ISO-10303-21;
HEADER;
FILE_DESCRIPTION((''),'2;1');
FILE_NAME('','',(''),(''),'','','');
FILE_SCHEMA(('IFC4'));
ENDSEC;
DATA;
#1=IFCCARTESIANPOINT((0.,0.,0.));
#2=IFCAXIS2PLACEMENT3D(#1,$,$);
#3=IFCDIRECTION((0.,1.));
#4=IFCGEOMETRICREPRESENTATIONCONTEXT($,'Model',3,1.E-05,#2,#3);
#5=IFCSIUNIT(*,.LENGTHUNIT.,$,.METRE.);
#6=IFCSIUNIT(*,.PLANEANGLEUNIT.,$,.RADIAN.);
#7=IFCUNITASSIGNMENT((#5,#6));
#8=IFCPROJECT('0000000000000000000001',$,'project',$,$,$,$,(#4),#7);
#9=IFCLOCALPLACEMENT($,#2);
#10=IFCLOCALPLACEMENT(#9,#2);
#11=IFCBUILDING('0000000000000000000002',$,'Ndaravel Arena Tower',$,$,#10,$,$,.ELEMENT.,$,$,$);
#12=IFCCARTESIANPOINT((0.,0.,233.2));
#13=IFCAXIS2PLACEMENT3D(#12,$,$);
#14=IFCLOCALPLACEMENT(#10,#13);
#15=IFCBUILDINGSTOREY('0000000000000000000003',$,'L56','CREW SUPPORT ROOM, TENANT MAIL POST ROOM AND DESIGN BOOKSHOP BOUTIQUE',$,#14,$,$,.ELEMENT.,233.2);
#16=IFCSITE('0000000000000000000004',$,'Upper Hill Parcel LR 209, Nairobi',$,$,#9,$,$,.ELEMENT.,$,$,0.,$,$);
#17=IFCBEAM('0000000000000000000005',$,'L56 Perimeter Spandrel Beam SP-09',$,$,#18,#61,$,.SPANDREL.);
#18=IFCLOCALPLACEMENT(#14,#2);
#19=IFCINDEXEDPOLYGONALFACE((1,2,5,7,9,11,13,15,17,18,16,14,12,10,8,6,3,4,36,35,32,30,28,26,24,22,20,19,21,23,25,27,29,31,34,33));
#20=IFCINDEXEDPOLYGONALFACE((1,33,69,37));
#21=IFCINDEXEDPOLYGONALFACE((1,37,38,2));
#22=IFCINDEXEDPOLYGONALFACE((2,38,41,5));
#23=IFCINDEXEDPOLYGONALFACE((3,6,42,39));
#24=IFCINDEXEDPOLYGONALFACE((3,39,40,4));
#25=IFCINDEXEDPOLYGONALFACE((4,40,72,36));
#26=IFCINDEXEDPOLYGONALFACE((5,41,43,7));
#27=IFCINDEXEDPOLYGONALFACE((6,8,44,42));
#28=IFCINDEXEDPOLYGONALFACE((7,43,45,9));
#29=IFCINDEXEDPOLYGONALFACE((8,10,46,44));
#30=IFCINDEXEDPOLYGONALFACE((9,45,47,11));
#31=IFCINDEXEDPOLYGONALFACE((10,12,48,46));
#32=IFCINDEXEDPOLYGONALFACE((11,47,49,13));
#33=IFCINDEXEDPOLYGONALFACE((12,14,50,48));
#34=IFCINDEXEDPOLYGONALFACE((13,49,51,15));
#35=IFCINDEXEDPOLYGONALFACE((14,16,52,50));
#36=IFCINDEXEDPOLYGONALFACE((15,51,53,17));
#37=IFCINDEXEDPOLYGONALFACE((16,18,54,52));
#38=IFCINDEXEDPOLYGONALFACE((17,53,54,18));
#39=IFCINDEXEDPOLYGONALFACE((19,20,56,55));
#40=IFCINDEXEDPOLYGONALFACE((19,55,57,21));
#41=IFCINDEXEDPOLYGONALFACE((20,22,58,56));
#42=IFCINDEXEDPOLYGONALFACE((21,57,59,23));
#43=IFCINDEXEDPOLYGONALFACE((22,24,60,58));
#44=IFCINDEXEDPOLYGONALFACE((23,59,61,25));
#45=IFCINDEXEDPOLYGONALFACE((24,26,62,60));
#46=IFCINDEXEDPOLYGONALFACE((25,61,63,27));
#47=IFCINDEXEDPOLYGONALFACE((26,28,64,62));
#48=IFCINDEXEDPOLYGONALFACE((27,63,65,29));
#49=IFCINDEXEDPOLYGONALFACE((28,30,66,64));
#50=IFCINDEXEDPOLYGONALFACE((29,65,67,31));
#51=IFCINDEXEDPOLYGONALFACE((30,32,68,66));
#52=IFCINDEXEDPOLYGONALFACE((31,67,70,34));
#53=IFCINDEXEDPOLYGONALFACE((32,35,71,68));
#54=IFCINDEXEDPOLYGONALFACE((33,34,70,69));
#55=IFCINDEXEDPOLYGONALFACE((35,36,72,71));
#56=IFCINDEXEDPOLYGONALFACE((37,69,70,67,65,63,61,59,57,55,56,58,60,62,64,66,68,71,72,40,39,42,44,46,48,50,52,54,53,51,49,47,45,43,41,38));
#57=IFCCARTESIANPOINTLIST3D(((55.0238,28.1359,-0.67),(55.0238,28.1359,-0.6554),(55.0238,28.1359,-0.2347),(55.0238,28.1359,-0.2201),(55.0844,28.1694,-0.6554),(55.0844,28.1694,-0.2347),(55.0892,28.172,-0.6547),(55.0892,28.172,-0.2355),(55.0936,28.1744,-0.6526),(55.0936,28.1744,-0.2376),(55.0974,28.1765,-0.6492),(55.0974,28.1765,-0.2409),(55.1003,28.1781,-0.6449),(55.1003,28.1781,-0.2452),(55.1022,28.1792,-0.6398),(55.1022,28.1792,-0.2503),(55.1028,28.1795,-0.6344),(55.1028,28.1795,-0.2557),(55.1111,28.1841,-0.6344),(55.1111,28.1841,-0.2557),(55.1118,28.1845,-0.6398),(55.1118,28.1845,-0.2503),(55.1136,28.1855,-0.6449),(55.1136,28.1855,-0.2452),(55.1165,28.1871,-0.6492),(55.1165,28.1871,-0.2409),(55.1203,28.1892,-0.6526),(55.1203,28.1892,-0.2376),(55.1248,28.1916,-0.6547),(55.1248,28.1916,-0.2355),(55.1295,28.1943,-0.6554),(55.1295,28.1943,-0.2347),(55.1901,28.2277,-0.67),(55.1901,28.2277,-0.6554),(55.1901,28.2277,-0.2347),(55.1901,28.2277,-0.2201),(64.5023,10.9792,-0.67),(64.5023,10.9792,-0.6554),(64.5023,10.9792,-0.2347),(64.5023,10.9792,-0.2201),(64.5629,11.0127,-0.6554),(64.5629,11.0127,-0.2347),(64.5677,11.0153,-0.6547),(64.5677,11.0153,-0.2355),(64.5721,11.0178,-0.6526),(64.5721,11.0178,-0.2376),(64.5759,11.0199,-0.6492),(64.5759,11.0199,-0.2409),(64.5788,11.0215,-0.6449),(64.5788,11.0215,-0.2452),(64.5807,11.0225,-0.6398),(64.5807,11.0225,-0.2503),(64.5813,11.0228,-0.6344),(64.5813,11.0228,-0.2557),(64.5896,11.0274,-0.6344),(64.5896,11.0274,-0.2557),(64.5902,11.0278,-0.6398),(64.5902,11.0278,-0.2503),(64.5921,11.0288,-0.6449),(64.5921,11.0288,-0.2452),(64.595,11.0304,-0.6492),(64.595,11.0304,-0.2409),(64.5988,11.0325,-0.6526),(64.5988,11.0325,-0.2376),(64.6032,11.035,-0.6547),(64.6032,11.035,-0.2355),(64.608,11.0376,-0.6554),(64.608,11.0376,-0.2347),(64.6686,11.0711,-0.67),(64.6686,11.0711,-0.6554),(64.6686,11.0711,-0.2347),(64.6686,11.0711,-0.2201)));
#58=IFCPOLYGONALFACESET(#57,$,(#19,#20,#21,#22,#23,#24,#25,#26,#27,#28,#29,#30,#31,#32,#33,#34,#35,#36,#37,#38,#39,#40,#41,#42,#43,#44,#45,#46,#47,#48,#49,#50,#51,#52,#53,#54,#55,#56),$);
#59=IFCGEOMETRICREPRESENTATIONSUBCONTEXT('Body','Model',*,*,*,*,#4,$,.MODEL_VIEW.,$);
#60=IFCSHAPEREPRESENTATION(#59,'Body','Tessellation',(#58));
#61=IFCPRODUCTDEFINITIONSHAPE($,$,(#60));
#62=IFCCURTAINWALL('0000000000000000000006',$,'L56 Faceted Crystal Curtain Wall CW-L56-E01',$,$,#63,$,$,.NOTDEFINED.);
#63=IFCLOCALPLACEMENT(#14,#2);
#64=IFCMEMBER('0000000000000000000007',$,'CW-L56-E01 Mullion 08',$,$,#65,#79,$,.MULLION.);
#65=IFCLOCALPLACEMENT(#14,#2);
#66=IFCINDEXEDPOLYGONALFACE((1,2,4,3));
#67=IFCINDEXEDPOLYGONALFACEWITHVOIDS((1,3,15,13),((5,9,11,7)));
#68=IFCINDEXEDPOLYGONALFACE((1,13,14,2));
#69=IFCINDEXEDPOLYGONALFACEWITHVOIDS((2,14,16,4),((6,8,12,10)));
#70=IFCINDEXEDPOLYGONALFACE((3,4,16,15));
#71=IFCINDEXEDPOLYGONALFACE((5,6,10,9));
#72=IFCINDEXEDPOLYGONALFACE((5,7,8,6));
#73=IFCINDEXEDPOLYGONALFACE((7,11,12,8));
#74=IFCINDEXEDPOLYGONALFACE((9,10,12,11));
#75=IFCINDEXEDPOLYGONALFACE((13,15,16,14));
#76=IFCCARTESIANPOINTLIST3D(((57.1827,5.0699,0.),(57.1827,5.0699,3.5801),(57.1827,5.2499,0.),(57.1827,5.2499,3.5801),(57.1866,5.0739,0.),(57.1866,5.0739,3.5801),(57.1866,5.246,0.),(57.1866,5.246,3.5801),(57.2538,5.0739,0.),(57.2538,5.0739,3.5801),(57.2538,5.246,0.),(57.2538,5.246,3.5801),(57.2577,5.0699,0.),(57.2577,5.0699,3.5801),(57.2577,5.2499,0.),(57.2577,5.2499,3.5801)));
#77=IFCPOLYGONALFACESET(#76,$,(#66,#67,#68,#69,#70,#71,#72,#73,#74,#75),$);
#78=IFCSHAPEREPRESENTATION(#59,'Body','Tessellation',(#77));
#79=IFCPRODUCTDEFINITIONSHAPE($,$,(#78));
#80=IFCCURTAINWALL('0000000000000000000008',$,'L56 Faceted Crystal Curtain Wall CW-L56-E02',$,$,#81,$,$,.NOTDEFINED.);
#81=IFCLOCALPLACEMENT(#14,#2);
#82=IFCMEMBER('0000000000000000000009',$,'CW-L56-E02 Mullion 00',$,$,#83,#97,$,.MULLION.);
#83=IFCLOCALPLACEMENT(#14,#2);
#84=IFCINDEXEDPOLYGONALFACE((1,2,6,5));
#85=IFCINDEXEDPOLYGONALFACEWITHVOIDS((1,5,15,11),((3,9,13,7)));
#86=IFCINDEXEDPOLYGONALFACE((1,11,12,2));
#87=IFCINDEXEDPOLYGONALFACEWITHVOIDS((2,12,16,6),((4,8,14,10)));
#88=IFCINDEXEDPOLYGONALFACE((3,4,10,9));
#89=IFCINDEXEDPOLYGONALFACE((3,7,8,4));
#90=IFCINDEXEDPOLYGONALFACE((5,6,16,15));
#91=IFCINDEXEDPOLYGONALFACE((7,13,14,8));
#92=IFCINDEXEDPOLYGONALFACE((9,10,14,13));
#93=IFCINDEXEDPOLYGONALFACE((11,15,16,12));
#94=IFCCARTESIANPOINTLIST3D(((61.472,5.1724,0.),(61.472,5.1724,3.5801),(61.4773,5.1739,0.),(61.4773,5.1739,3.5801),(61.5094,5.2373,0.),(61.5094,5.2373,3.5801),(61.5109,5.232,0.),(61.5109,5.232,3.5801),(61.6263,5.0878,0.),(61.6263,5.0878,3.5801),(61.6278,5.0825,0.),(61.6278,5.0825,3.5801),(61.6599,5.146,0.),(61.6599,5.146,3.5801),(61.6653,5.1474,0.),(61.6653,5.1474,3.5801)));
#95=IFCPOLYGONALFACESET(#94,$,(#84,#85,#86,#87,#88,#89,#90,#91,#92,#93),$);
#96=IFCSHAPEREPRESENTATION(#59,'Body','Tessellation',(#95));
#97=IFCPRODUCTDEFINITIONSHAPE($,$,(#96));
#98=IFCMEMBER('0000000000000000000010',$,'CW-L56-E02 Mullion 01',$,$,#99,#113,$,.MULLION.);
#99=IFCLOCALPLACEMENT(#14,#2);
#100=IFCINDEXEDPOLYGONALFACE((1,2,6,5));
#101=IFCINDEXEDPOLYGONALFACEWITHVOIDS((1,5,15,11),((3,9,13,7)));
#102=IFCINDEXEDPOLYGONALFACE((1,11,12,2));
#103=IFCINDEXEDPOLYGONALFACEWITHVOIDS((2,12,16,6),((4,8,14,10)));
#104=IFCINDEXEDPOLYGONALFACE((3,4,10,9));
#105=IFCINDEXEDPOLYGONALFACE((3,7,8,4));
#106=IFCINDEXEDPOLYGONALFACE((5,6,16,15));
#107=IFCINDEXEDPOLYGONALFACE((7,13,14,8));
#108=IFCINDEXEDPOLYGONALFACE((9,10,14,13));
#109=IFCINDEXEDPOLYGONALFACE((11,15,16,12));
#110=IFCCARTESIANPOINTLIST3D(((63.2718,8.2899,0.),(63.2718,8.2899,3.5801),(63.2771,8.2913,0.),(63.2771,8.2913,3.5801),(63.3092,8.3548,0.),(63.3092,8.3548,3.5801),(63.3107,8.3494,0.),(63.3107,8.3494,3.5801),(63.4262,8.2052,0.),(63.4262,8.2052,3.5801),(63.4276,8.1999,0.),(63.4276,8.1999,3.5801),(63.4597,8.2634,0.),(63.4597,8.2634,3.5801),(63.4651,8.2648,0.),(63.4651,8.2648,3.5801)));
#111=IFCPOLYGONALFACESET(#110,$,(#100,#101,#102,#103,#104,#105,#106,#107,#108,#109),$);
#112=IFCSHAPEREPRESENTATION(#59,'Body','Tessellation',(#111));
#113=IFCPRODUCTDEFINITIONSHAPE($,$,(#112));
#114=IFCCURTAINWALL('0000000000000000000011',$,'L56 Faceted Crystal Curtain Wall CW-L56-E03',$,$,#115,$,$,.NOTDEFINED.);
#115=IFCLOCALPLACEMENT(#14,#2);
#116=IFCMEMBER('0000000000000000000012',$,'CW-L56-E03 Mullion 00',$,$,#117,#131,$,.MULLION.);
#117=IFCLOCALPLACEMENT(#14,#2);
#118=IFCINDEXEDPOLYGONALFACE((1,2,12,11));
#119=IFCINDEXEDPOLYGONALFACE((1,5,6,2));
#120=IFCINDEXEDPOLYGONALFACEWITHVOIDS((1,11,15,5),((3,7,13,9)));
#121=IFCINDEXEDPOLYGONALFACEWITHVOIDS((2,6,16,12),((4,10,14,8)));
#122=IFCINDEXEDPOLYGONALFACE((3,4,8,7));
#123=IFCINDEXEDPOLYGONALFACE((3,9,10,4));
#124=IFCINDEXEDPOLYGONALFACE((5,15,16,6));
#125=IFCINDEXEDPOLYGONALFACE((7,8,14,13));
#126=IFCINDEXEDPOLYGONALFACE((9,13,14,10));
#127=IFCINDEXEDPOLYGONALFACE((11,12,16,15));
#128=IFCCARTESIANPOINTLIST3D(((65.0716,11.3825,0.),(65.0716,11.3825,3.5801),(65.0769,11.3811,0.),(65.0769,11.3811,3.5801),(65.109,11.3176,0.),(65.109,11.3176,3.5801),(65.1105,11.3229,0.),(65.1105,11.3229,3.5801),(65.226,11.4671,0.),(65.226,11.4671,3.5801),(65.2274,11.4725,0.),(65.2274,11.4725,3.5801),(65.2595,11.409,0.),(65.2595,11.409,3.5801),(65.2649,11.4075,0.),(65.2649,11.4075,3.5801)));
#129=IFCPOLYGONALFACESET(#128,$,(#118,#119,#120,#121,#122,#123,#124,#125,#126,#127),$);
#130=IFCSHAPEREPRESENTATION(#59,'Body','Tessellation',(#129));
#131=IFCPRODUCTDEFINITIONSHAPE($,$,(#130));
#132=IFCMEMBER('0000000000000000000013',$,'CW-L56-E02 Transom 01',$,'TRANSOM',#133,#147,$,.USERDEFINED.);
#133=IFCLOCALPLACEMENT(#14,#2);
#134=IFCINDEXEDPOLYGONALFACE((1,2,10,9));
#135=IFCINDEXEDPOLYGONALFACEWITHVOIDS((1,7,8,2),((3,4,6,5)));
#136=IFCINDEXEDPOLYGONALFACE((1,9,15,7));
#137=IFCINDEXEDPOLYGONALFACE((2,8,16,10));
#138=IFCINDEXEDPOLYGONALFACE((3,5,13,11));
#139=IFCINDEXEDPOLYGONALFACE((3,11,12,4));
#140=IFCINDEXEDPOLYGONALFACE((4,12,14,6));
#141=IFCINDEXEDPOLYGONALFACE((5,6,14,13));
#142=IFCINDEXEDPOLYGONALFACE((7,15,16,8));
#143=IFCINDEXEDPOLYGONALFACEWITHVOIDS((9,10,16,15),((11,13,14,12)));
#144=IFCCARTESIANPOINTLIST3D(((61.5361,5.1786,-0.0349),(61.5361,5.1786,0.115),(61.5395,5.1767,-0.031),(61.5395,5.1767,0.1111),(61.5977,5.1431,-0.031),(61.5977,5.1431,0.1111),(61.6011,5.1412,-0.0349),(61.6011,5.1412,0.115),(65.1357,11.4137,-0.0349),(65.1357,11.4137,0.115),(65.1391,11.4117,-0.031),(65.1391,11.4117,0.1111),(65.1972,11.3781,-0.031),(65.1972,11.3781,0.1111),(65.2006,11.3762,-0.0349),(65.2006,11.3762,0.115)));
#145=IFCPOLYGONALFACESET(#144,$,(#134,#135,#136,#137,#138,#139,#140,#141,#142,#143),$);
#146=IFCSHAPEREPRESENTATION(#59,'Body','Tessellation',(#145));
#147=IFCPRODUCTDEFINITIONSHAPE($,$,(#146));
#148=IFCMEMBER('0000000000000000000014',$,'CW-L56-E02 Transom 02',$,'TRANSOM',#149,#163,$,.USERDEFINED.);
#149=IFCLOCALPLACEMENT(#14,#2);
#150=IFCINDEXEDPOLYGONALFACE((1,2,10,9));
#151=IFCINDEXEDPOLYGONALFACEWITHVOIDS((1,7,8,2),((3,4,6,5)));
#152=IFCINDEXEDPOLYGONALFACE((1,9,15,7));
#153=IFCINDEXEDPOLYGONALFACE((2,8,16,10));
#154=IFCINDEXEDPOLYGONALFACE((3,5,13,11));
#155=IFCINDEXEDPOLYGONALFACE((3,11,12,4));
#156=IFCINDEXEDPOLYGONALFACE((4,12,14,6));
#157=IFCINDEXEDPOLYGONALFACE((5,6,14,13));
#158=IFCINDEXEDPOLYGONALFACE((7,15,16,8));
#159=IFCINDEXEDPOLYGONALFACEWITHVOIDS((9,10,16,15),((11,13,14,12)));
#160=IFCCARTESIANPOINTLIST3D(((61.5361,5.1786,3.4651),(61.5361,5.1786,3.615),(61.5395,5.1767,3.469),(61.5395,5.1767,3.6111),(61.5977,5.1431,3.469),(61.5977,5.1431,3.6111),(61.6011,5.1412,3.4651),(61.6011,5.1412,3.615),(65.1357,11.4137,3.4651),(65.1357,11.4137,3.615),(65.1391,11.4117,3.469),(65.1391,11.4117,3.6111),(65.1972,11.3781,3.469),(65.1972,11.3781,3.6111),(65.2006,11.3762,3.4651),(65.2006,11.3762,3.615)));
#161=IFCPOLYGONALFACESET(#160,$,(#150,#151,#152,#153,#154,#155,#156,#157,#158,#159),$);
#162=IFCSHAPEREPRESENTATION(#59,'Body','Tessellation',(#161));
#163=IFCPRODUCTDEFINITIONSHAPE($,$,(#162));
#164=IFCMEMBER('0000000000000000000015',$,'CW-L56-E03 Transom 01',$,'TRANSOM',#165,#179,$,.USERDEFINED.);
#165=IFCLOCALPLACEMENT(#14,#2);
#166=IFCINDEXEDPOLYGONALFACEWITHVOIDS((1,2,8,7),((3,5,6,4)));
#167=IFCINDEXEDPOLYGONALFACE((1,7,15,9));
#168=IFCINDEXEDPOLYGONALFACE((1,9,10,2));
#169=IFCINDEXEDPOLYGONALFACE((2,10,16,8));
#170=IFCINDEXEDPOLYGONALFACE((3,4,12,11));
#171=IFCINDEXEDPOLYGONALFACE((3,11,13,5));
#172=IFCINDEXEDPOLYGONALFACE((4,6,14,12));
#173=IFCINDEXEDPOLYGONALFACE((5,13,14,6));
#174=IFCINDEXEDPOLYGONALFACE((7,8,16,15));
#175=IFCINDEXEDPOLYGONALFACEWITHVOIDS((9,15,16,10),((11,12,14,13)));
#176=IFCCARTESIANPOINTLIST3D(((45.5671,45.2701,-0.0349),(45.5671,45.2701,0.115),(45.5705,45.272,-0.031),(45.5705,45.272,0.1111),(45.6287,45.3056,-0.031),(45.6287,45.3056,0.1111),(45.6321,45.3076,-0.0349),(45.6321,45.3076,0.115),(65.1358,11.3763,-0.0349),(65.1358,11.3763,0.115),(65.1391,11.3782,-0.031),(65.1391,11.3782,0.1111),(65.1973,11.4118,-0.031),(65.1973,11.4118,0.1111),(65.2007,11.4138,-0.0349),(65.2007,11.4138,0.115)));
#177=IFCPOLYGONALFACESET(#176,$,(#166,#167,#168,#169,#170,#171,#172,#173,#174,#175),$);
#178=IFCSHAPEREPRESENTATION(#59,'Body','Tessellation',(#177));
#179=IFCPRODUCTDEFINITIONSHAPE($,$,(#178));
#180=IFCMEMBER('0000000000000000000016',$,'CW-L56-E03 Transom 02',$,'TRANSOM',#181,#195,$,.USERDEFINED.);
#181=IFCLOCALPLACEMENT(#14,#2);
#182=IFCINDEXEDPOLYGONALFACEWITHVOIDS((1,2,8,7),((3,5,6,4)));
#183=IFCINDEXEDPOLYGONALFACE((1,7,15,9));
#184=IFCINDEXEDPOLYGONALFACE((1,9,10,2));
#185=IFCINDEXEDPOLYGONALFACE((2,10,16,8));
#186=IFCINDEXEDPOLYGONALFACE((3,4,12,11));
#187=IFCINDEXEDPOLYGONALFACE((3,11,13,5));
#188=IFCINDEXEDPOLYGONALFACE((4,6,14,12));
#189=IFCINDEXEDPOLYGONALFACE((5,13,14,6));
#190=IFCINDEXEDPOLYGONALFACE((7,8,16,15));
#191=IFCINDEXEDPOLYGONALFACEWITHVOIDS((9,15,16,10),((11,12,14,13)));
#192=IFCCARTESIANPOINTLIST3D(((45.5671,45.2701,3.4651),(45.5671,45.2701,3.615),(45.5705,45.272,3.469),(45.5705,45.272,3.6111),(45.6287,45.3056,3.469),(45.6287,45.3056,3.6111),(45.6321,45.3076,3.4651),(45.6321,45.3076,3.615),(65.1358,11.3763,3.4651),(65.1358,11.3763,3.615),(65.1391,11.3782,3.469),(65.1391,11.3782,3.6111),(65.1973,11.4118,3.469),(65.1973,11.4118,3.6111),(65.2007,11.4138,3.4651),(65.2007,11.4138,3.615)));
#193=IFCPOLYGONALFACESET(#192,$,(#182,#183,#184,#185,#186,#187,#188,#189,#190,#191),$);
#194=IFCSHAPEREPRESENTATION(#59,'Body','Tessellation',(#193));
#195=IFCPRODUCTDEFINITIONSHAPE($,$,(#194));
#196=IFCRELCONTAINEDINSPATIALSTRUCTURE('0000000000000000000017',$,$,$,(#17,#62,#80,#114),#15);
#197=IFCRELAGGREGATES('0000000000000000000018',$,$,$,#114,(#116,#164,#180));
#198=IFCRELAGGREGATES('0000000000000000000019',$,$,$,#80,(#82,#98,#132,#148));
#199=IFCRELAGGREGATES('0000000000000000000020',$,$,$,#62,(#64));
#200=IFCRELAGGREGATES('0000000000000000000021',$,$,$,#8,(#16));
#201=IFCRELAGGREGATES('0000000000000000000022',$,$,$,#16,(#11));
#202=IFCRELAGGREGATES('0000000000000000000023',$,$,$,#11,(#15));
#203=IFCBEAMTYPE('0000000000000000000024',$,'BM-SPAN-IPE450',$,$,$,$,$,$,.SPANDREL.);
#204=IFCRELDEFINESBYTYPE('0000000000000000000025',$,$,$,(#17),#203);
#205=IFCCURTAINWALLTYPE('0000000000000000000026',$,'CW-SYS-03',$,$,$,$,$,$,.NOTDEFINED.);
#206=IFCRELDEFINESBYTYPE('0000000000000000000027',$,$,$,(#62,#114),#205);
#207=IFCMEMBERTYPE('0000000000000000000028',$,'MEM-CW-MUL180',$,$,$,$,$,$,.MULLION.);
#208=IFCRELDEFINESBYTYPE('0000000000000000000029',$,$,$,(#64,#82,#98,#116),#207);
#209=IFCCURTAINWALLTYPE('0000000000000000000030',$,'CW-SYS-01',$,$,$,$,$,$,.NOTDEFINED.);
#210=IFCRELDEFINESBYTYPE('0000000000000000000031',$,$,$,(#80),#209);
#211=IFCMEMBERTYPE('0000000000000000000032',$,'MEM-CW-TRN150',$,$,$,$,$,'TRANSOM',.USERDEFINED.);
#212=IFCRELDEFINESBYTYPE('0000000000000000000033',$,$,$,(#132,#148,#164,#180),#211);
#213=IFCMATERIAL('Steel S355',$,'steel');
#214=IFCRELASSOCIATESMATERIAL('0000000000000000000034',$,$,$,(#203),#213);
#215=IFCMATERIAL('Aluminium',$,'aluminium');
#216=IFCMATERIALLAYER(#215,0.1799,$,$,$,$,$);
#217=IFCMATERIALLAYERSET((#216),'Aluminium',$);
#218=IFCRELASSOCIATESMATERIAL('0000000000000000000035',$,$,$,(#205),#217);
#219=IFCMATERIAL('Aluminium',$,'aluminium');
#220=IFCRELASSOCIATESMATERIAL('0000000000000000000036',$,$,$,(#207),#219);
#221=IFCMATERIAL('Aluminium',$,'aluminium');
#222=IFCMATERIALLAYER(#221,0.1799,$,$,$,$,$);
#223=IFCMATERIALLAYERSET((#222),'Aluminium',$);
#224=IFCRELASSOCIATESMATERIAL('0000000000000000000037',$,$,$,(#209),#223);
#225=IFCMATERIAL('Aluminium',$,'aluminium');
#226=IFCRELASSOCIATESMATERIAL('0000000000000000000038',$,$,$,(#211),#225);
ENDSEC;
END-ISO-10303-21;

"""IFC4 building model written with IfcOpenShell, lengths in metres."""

from ifc_helpers import new_model, si_unit, direction, frame, origin, origin_2d, place, context, subcontext, project, spatial, hollow_rectangle, i_section, extrude, material, layer, layer_set, material_profile, profile_set, type_object, element, aggregate, save


model = new_model("IFC4")

# Units and contexts
model_context = context("Model", 3, precision=1e-05, world=origin(), true_north=direction((0.0, 1.0)))
body_context = subcontext(model_context, "Body", "Model", "MODEL_VIEW")
ifc_project = project(units=[si_unit("LENGTHUNIT", "METRE"), si_unit("PLANEANGLEUNIT", "RADIAN")], contexts=[model_context])

# Site, building, storey
site_placement = place(None, origin())
site = spatial("IfcSite", under=ifc_project, at=site_placement, Name="Upper Hill Parcel LR 209, Nairobi", CompositionType="ELEMENT", RefElevation=0.0)
building_placement = place(site_placement, origin())
building = spatial("IfcBuilding", under=site, at=building_placement, Name="Ndaravel Arena Tower", CompositionType="ELEMENT")
storey_placement = place(building_placement, frame((0.0, 0.0, 233.2)))
storey = spatial("IfcBuildingStorey", under=building, at=storey_placement, Name="L56", Description="CREW SUPPORT ROOM, TENANT MAIL POST ROOM AND DESIGN BOOKSHOP BOUTIQUE", CompositionType="ELEMENT", Elevation=233.2)

# Beam
ifc_material_1 = material(Name="Steel S355", Category="steel")
ifc_material_profile_1 = material_profile(ifc_material_1, i_section(OverallWidth=0.1899, OverallDepth=0.45, WebThickness=0.0095, FlangeThickness=0.0146, FilletRadius=0.021, at=origin_2d()), Name="IPE 450")
ifc_profile_set_1 = profile_set([ifc_material_profile_1], Name="Steel S355")
beam_type = type_object("IfcBeamType", Name="BM-SPAN-IPE450", PredefinedType="SPANDREL", material=ifc_profile_set_1)
beam_1_placement = place(storey_placement, frame((64.5854, 11.0251, -0.4451), z_axis=(-0.483575, 0.875303, 0.0), x_axis=(-0.875303, -0.483575, 0.0)))
element("IfcBeam", 1, at=beam_1_placement, inside=storey, type_object=beam_type, Name="L56 Perimeter Spandrel Beam SP-09", PredefinedType="SPANDREL", context=body_context, shape_type="SweptSolid", body=[
    extrude(i_section(OverallWidth=0.1899, OverallDepth=0.45, WebThickness=0.0095, FlangeThickness=0.0146, FilletRadius=0.021, at=origin_2d()), origin(), (0.0, 0.0, 1.0), 19.6008),
])

# Curtain wall, member
ifc_material_2 = material(Name="Aluminium", Category="aluminium")
ifc_layer_1 = layer(ifc_material_2, 0.1799)
ifc_layer_set_1 = layer_set([ifc_layer_1], Name="Aluminium")
curtain_wall_type_1 = type_object("IfcCurtainWallType", Name="CW-SYS-03", PredefinedType="NOTDEFINED", material=ifc_layer_set_1)
curtain_wall_1_placement = place(storey_placement, origin())
curtain_wall_1 = element("IfcCurtainWall", 2, at=curtain_wall_1_placement, inside=storey, type_object=curtain_wall_type_1, Name="L56 Faceted Crystal Curtain Wall CW-L56-E01", PredefinedType="NOTDEFINED")
ifc_material_3 = material(Name="Aluminium", Category="aluminium")
ifc_material_profile_2 = material_profile(ifc_material_3, hollow_rectangle(XDim=0.075, YDim=0.1799, WallThickness=0.0039, at=origin_2d()), Name="CW MULLION 75x180x4")
ifc_profile_set_2 = profile_set([ifc_material_profile_2], Name="Aluminium")
member_type_1 = type_object("IfcMemberType", Name="MEM-CW-MUL180", PredefinedType="MULLION", material=ifc_profile_set_2)
member_1_placement = place(storey_placement, frame((57.2202, 5.1599, 0.0), z_axis=(0.0, 0.0, 1.0), x_axis=(1.0, 0.0, 0.0)))
member_1 = element("IfcMember", 3, at=member_1_placement, type_object=member_type_1, Name="CW-L56-E01 Mullion 08", PredefinedType="MULLION", context=body_context, shape_type="SweptSolid", body=[
    extrude(hollow_rectangle(XDim=0.075, YDim=0.1799, WallThickness=0.0039, at=origin_2d()), origin(), (0.0, 0.0, 1.0), 3.5801),
])

# Curtain wall, members
ifc_material_4 = material(Name="Aluminium", Category="aluminium")
ifc_layer_2 = layer(ifc_material_4, 0.1799)
ifc_layer_set_2 = layer_set([ifc_layer_2], Name="Aluminium")
curtain_wall_type_2 = type_object("IfcCurtainWallType", Name="CW-SYS-01", PredefinedType="NOTDEFINED", material=ifc_layer_set_2)
curtain_wall_2_placement = place(storey_placement, origin())
curtain_wall_2 = element("IfcCurtainWall", 4, at=curtain_wall_2_placement, inside=storey, type_object=curtain_wall_type_2, Name="L56 Faceted Crystal Curtain Wall CW-L56-E02", PredefinedType="NOTDEFINED")
member_2_placement = place(storey_placement, frame((61.5686, 5.1599, 0.0), z_axis=(0.0, 0.0, 1.0), x_axis=(0.499985, 0.866034, 0.0)))
member_2 = element("IfcMember", 5, at=member_2_placement, type_object=member_type_1, Name="CW-L56-E02 Mullion 00", PredefinedType="MULLION", context=body_context, shape_type="SweptSolid", body=[
    extrude(hollow_rectangle(XDim=0.075, YDim=0.1799, WallThickness=0.0039, at=origin_2d()), origin(), (0.0, 0.0, 1.0), 3.5801),
])
member_3_placement = place(storey_placement, frame((63.3684, 8.2773, 0.0), z_axis=(0.0, 0.0, 1.0), x_axis=(0.499985, 0.866034, 0.0)))
member_3 = element("IfcMember", 6, at=member_3_placement, type_object=member_type_1, Name="CW-L56-E02 Mullion 01", PredefinedType="MULLION", context=body_context, shape_type="SweptSolid", body=[
    extrude(hollow_rectangle(XDim=0.075, YDim=0.1799, WallThickness=0.0039, at=origin_2d()), origin(), (0.0, 0.0, 1.0), 3.5801),
])

# Curtain wall, member
curtain_wall_3_placement = place(storey_placement, origin())
curtain_wall_3 = element("IfcCurtainWall", 7, at=curtain_wall_3_placement, inside=storey, type_object=curtain_wall_type_1, Name="L56 Faceted Crystal Curtain Wall CW-L56-E03", PredefinedType="NOTDEFINED")
member_4_placement = place(storey_placement, frame((65.1682, 11.395, 0.0), z_axis=(0.0, 0.0, 1.0), x_axis=(-0.5, 0.866025, 0.0)))
member_4 = element("IfcMember", 8, at=member_4_placement, type_object=member_type_1, Name="CW-L56-E03 Mullion 00", PredefinedType="MULLION", context=body_context, shape_type="SweptSolid", body=[
    extrude(hollow_rectangle(XDim=0.075, YDim=0.1799, WallThickness=0.0039, at=origin_2d()), origin(), (0.0, 0.0, 1.0), 3.5801),
])

# Members
ifc_material_5 = material(Name="Aluminium", Category="aluminium")
ifc_material_profile_3 = material_profile(ifc_material_5, hollow_rectangle(XDim=0.075, YDim=0.1499, WallThickness=0.0039, at=origin_2d()), Name="CW TRANSOM 75x150x4")
ifc_profile_set_3 = profile_set([ifc_material_profile_3], Name="Aluminium")
member_type_2 = type_object("IfcMemberType", Name="MEM-CW-TRN150", ElementType="TRANSOM", PredefinedType="USERDEFINED", material=ifc_profile_set_3)
member_5_placement = place(storey_placement, frame((61.5686, 5.1599, 0.04), z_axis=(0.499976, 0.866039, 0.0), x_axis=(-0.866039, 0.499976, 0.0)))
member_5 = element("IfcMember", 9, at=member_5_placement, type_object=member_type_2, Name="CW-L56-E02 Transom 01", ObjectType="TRANSOM", PredefinedType="USERDEFINED", context=body_context, shape_type="SweptSolid", body=[
    extrude(hollow_rectangle(XDim=0.075, YDim=0.1499, WallThickness=0.0039, at=origin_2d()), origin(), (0.0, 0.0, 1.0), 7.1995),
])
member_6_placement = place(storey_placement, frame((61.5686, 5.1599, 3.54), z_axis=(0.499976, 0.866039, 0.0), x_axis=(-0.866039, 0.499976, 0.0)))
member_6 = element("IfcMember", 10, at=member_6_placement, type_object=member_type_2, Name="CW-L56-E02 Transom 02", ObjectType="TRANSOM", PredefinedType="USERDEFINED", context=body_context, shape_type="SweptSolid", body=[
    extrude(hollow_rectangle(XDim=0.075, YDim=0.1499, WallThickness=0.0039, at=origin_2d()), origin(), (0.0, 0.0, 1.0), 7.1995),
])
member_7_placement = place(storey_placement, frame((65.1682, 11.395, 0.04), z_axis=(-0.5, 0.866025, 0.0), x_axis=(-0.866025, -0.5, 0.0)))
member_7 = element("IfcMember", 11, at=member_7_placement, type_object=member_type_2, Name="CW-L56-E03 Transom 01", ObjectType="TRANSOM", PredefinedType="USERDEFINED", context=body_context, shape_type="SweptSolid", body=[
    extrude(hollow_rectangle(XDim=0.075, YDim=0.1499, WallThickness=0.0039, at=origin_2d()), origin(), (0.0, 0.0, 1.0), 39.1372),
])
member_8_placement = place(storey_placement, frame((65.1682, 11.395, 3.54), z_axis=(-0.5, 0.866025, 0.0), x_axis=(-0.866025, -0.5, 0.0)))
member_8 = element("IfcMember", 12, at=member_8_placement, type_object=member_type_2, Name="CW-L56-E03 Transom 02", ObjectType="TRANSOM", PredefinedType="USERDEFINED", context=body_context, shape_type="SweptSolid", body=[
    extrude(hollow_rectangle(XDim=0.075, YDim=0.1499, WallThickness=0.0039, at=origin_2d()), origin(), (0.0, 0.0, 1.0), 39.1372),
])
aggregate(curtain_wall_3, [member_4, member_7, member_8])

aggregate(curtain_wall_2, [member_2, member_3, member_5, member_6])
aggregate(curtain_wall_1, [member_1])

save(model, "model.ifc")
